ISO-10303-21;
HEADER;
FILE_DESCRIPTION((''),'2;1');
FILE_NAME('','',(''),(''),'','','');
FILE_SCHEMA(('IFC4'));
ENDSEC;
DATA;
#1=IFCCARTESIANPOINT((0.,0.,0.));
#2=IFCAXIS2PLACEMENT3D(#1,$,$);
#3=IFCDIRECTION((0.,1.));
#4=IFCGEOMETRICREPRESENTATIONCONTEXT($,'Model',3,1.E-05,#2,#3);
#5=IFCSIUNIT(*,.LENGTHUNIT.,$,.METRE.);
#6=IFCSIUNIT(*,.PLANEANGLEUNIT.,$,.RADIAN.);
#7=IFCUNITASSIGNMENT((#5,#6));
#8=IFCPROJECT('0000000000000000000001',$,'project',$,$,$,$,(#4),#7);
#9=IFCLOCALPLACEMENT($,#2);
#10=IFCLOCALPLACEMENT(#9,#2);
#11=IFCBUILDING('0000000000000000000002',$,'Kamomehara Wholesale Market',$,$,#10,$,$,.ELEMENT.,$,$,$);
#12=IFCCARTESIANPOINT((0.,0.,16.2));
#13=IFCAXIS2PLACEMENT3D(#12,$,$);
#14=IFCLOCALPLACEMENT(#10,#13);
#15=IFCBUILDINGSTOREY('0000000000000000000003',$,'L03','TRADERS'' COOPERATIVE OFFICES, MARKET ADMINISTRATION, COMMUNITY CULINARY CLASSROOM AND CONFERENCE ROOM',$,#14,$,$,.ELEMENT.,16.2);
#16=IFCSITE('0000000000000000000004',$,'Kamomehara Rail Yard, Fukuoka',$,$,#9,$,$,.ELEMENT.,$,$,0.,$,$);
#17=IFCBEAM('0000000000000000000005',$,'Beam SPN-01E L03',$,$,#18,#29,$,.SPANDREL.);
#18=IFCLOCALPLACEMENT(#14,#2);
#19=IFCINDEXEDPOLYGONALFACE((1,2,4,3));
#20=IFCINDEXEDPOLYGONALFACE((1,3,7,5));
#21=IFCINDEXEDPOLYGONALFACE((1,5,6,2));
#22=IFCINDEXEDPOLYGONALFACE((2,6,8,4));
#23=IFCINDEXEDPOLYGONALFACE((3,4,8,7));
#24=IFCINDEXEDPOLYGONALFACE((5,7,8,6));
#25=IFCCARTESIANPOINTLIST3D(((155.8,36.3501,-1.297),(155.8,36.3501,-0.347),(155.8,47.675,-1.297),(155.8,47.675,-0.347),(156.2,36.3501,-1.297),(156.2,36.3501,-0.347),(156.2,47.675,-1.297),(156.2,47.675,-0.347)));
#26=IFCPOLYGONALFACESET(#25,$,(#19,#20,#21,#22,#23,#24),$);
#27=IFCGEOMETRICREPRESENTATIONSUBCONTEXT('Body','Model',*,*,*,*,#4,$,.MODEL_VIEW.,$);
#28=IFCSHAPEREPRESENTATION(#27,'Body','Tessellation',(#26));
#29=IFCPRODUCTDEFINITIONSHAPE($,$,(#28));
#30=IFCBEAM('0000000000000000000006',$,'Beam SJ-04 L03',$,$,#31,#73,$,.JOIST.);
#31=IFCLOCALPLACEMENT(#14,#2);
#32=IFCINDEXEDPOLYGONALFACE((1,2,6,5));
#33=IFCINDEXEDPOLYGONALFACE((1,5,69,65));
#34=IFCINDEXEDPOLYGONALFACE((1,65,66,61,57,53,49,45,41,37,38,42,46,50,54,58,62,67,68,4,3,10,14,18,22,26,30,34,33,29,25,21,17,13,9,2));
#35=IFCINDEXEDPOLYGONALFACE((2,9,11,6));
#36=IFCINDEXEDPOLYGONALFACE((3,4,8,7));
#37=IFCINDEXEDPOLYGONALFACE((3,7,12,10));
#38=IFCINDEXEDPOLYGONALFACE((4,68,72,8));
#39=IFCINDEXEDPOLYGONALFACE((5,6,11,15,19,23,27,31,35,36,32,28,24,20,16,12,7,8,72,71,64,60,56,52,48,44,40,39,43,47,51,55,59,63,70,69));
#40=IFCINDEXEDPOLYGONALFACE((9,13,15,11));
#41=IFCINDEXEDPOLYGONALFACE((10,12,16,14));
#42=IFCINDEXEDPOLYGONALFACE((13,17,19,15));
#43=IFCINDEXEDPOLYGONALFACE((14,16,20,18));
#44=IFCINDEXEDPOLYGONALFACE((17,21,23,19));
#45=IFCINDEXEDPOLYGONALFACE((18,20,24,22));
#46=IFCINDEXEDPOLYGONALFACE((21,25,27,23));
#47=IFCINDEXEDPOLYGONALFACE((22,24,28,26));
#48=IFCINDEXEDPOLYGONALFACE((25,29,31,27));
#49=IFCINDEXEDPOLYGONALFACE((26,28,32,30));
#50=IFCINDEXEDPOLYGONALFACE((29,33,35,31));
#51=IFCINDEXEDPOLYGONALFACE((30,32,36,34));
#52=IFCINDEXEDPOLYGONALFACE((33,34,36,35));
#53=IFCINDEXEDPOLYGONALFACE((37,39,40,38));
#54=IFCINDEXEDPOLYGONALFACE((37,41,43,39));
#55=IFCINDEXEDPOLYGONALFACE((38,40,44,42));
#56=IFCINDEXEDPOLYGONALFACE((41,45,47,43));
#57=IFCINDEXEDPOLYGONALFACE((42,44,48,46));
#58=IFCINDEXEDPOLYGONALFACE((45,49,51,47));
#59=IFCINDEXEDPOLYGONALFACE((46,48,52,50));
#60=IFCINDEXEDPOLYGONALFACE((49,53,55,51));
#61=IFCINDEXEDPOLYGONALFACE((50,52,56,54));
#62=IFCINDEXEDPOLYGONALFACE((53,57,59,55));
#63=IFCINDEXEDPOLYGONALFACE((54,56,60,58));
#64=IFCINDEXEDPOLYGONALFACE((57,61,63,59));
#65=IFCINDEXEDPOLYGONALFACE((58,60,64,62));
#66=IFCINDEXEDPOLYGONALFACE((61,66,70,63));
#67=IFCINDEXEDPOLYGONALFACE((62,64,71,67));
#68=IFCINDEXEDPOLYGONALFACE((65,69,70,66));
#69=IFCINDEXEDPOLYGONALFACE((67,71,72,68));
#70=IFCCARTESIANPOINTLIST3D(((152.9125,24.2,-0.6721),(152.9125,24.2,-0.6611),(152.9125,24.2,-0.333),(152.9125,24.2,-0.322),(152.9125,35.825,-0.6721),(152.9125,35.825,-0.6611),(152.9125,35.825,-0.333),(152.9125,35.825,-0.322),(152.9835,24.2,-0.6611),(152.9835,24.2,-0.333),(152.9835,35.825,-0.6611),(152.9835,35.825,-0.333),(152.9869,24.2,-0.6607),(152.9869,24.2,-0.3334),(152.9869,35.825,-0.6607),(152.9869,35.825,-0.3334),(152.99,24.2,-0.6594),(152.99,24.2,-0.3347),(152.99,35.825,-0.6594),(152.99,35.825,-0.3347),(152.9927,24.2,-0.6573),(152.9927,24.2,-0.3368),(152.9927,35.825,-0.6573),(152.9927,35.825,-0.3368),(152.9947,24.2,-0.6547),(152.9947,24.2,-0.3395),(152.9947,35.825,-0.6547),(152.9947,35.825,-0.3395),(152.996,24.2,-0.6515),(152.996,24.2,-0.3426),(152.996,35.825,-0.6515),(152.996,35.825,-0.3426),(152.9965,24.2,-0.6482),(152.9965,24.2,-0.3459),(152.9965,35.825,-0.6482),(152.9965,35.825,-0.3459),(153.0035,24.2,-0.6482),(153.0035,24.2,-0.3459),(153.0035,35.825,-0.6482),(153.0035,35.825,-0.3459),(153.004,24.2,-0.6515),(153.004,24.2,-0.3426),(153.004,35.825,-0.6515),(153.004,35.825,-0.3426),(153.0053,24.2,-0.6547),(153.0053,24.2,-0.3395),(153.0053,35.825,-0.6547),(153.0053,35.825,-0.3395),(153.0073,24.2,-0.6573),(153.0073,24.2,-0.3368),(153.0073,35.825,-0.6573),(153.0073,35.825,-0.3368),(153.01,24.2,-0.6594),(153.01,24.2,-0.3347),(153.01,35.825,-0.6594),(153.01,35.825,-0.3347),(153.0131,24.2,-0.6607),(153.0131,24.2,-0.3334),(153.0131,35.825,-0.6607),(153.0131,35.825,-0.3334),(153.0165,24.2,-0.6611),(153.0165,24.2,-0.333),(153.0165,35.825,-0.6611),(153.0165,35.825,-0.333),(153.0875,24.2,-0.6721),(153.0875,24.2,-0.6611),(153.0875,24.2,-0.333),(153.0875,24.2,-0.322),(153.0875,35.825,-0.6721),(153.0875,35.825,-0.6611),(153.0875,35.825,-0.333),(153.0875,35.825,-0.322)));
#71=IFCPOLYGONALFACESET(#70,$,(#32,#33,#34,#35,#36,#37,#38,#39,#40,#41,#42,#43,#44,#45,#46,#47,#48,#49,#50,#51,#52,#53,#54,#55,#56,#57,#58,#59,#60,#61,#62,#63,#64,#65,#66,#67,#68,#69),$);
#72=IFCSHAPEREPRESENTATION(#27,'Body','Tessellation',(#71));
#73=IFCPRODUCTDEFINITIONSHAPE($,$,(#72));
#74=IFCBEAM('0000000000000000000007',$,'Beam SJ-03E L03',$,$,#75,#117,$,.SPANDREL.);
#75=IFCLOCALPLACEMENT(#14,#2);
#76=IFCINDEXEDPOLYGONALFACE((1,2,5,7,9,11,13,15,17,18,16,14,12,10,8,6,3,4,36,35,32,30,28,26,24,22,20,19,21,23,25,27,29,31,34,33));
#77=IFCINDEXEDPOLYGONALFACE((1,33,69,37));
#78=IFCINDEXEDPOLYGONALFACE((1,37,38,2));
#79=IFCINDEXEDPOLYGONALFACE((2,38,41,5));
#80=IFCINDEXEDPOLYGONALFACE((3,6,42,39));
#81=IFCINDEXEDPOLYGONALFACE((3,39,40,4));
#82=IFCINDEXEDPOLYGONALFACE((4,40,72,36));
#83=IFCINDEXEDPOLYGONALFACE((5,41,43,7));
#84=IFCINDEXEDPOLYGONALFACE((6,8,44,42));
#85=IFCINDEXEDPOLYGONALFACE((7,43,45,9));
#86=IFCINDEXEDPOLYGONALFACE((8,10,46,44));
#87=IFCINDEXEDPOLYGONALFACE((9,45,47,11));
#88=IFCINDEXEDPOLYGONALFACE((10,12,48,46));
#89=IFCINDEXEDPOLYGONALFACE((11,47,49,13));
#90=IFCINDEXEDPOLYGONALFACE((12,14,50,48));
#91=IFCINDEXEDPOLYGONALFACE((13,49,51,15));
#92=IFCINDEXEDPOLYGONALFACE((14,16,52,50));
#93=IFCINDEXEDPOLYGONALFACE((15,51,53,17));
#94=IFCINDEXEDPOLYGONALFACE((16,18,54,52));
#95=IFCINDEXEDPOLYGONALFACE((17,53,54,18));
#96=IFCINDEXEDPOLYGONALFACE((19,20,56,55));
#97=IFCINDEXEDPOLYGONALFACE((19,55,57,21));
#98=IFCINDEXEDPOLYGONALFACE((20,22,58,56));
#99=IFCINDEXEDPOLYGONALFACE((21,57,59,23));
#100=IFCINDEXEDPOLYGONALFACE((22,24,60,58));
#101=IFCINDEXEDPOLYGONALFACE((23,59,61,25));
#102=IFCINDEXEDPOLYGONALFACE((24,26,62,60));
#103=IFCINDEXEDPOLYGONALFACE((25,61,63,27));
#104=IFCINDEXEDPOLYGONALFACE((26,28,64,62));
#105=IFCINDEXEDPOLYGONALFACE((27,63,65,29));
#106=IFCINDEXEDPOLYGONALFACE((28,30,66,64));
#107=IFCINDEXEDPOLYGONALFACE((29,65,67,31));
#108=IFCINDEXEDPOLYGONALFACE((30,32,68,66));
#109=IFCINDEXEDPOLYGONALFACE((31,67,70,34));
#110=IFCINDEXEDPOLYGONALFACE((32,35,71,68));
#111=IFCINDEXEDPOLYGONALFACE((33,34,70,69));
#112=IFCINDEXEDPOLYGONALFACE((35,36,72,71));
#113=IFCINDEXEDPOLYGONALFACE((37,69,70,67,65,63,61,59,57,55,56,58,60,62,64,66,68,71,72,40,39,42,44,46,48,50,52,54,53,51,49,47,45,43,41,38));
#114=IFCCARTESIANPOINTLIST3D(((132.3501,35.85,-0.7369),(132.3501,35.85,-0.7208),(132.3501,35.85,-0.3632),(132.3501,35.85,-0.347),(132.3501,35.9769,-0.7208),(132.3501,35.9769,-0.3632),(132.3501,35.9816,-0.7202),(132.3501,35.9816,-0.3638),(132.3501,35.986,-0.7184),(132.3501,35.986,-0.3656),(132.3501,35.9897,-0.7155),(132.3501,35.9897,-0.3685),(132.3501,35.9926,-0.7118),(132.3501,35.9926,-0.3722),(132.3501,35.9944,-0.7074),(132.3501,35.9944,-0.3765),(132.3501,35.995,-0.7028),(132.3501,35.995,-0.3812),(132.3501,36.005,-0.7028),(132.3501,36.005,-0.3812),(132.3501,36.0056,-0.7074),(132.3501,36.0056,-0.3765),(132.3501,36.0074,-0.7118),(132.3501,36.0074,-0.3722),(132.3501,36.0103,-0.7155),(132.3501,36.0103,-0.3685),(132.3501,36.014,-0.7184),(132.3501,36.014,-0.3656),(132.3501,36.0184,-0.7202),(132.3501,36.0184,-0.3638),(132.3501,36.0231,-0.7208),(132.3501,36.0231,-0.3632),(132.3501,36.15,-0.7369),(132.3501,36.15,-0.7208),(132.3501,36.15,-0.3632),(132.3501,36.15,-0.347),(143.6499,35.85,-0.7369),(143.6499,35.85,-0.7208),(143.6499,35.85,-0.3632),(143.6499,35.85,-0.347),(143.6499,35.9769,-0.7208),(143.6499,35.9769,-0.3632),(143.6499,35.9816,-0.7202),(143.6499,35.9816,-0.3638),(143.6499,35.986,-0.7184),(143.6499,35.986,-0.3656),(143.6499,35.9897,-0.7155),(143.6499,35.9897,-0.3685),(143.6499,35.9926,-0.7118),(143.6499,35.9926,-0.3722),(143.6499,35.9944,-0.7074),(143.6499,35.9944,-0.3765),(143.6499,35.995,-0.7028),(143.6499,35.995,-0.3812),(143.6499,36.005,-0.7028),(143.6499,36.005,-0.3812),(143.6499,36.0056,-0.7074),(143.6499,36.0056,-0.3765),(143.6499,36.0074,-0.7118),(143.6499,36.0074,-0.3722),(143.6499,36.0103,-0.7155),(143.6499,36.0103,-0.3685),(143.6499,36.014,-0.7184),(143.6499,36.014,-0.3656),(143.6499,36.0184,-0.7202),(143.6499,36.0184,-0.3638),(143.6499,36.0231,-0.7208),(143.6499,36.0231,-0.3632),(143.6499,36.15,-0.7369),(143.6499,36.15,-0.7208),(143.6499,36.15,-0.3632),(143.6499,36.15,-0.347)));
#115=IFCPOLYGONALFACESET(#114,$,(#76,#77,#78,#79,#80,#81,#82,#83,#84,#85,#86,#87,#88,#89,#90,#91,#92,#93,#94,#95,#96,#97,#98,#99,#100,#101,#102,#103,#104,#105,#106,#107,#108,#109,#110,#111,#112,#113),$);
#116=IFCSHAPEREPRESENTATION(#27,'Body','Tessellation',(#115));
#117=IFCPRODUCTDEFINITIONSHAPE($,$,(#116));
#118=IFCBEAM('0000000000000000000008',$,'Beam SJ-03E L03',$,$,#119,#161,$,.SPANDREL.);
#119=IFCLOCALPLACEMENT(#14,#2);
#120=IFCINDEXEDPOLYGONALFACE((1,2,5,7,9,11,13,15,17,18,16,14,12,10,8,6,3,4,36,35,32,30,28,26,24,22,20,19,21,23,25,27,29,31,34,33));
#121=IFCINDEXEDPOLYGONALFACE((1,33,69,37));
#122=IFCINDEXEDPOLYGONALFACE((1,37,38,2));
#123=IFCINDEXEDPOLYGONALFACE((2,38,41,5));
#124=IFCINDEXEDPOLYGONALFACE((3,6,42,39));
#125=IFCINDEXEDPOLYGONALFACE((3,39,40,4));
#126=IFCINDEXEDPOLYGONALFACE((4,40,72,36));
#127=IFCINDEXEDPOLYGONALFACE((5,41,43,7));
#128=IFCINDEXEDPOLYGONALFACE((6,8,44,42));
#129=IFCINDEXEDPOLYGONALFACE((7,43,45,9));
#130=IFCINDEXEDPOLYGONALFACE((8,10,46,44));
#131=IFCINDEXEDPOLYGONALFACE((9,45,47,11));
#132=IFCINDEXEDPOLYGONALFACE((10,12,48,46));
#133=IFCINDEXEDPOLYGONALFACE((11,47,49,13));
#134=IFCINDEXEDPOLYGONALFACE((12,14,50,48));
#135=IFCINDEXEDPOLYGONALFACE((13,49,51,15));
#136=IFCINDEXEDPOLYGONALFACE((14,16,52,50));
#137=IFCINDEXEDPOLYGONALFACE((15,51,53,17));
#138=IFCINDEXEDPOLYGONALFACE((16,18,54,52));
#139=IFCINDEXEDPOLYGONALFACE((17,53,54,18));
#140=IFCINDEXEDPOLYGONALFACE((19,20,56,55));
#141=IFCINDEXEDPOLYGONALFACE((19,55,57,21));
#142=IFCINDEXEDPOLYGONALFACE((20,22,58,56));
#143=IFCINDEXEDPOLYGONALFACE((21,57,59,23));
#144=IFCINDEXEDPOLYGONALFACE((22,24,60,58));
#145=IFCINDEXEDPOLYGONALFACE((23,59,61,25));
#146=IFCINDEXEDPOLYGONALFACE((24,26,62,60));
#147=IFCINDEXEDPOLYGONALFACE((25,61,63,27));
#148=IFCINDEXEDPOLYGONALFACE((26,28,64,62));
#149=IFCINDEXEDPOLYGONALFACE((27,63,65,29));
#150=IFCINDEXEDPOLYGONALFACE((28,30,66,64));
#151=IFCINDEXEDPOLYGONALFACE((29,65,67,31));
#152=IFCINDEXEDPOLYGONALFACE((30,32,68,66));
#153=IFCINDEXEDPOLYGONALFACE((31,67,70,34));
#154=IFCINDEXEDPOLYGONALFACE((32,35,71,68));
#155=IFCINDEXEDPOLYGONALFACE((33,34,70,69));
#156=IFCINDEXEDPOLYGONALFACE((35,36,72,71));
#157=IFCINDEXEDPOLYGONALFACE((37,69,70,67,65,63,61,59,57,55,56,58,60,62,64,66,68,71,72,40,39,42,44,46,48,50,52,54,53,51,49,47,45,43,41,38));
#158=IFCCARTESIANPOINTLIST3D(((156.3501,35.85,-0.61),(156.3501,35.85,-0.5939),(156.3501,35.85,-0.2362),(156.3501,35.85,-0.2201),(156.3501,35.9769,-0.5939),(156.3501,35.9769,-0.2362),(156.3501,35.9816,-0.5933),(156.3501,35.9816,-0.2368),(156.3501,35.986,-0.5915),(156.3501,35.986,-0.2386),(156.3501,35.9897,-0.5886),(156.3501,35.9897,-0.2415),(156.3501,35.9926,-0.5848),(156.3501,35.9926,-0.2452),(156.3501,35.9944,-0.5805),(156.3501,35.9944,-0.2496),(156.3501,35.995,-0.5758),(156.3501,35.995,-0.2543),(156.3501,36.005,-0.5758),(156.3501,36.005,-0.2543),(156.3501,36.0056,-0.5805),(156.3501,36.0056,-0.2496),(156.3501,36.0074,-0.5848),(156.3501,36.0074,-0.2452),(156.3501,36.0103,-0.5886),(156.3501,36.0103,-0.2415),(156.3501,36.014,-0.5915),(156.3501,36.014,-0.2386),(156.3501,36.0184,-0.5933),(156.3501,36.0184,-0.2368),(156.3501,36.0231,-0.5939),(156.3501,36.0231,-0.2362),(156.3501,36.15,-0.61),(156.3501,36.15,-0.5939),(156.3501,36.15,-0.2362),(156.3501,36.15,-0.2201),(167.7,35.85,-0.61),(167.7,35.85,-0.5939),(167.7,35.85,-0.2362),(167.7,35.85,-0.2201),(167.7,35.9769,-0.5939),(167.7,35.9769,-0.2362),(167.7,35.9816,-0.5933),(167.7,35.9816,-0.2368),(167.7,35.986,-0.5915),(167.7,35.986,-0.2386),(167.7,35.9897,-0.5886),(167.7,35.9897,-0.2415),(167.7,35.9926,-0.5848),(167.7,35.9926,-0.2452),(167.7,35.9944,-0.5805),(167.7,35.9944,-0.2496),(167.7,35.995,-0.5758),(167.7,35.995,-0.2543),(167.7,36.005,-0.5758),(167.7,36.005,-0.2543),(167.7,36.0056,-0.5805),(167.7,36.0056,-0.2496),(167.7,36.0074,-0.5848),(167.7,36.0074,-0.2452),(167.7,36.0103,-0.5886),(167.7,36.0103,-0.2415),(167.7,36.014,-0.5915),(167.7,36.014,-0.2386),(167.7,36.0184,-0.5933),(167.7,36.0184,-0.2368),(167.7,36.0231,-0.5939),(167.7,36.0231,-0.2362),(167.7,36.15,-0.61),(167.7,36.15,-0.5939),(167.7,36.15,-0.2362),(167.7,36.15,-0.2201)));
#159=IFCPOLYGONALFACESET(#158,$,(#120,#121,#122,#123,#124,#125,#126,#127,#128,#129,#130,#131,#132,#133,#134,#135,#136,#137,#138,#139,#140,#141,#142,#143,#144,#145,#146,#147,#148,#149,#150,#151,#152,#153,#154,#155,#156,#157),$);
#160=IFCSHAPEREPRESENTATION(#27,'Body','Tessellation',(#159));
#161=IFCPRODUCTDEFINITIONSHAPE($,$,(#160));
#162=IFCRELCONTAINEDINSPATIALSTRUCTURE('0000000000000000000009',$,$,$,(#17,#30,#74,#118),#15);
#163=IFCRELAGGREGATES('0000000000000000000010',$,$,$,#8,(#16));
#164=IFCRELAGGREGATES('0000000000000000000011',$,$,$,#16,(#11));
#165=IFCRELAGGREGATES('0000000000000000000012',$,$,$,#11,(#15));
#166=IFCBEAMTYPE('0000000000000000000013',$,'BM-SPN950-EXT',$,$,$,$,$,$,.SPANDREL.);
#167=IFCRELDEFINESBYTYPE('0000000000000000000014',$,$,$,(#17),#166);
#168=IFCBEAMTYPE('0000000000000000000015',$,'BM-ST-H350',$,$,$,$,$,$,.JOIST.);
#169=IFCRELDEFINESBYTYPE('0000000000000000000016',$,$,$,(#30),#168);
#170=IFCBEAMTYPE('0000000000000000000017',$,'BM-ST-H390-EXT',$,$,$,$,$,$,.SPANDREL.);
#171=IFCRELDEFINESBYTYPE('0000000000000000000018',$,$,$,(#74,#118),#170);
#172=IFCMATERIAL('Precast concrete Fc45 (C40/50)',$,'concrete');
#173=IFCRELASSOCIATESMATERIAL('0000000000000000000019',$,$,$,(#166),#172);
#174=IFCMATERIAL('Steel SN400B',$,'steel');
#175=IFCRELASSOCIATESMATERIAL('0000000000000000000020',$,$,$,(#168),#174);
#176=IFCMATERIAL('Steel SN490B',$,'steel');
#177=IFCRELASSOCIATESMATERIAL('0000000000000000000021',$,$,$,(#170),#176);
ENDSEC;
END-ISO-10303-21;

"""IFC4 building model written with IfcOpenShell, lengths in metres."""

from ifc_helpers import new_model, si_unit, direction, frame, origin, origin_2d, place, context, subcontext, project, spatial, rectangle, i_section, extrude, material, material_profile, profile_set, type_object, element, save


model = new_model("IFC4")

# Units and contexts
model_context = context("Model", 3, precision=1e-05, world=origin(), true_north=direction((0.0, 1.0)))
body_context = subcontext(model_context, "Body", "Model", "MODEL_VIEW")
ifc_project = project(units=[si_unit("LENGTHUNIT", "METRE"), si_unit("PLANEANGLEUNIT", "RADIAN")], contexts=[model_context])

# Site, building, storey
site_placement = place(None, origin())
site = spatial("IfcSite", under=ifc_project, at=site_placement, Name="Kamomehara Rail Yard, Fukuoka", CompositionType="ELEMENT", RefElevation=0.0)
building_placement = place(site_placement, origin())
building = spatial("IfcBuilding", under=site, at=building_placement, Name="Kamomehara Wholesale Market", CompositionType="ELEMENT")
storey_placement = place(building_placement, frame((0.0, 0.0, 16.2)))
storey = spatial("IfcBuildingStorey", under=building, at=storey_placement, Name="L03", Description="TRADERS' COOPERATIVE OFFICES, MARKET ADMINISTRATION, COMMUNITY CULINARY CLASSROOM AND CONFERENCE ROOM", CompositionType="ELEMENT", Elevation=16.2)

# Beams
ifc_material_1 = material(Name="Precast concrete Fc45 (C40/50)", Category="concrete")
ifc_material_profile_1 = material_profile(ifc_material_1, rectangle(XDim=0.3999, YDim=0.95, at=origin_2d()), Name="PC-SPN-400x950")
ifc_profile_set_1 = profile_set([ifc_material_profile_1], Name="Precast concrete Fc45 (C40/50)")
beam_type_1 = type_object("IfcBeamType", Name="BM-SPN950-EXT", PredefinedType="SPANDREL", material=ifc_profile_set_1)
beam_1_placement = place(storey_placement, frame((156.0, 36.3501, -0.822), z_axis=(0.0, 1.0, 0.0), x_axis=(-1.0, 0.0, 0.0)))
element("IfcBeam", 1, at=beam_1_placement, inside=storey, type_object=beam_type_1, Name="Beam SPN-01E L03", PredefinedType="SPANDREL", context=body_context, shape_type="SweptSolid", body=[
    extrude(rectangle(XDim=0.3999, YDim=0.95, at=origin_2d()), origin(), (0.0, 0.0, 1.0), 11.325),
])
ifc_material_2 = material(Name="Steel SN400B", Category="steel")
ifc_material_profile_2 = material_profile(ifc_material_2, i_section(OverallWidth=0.175, OverallDepth=0.3501, WebThickness=0.0071, FlangeThickness=0.011, FilletRadius=0.0129, at=origin_2d()), Name="H-350x175x7x11")
ifc_profile_set_2 = profile_set([ifc_material_profile_2], Name="Steel SN400B")
beam_type_2 = type_object("IfcBeamType", Name="BM-ST-H350", PredefinedType="JOIST", material=ifc_profile_set_2)
beam_2_placement = place(storey_placement, frame((153.0, 24.2, -0.4971), z_axis=(0.0, 1.0, 0.0), x_axis=(-1.0, 0.0, 0.0)))
element("IfcBeam", 2, at=beam_2_placement, inside=storey, type_object=beam_type_2, Name="Beam SJ-04 L03", PredefinedType="JOIST", context=body_context, shape_type="SweptSolid", body=[
    extrude(i_section(OverallWidth=0.175, OverallDepth=0.3501, WebThickness=0.0071, FlangeThickness=0.011, FilletRadius=0.0129, at=origin_2d()), origin(), (0.0, 0.0, 1.0), 11.625),
])
ifc_material_3 = material(Name="Steel SN490B", Category="steel")
ifc_material_profile_3 = material_profile(ifc_material_3, i_section(OverallWidth=0.3, OverallDepth=0.3899, WebThickness=0.01, FlangeThickness=0.0161, FilletRadius=0.0181, at=origin_2d()), Name="H-390x300x10x16")
ifc_profile_set_3 = profile_set([ifc_material_profile_3], Name="Steel SN490B")
beam_type_3 = type_object("IfcBeamType", Name="BM-ST-H390-EXT", PredefinedType="SPANDREL", material=ifc_profile_set_3)
beam_3_placement = place(storey_placement, frame((132.3501, 36.0, -0.542), z_axis=(1.0, 0.0, 0.0), x_axis=(0.0, 1.0, 0.0)))
element("IfcBeam", 3, at=beam_3_placement, inside=storey, type_object=beam_type_3, Name="Beam SJ-03E L03", PredefinedType="SPANDREL", context=body_context, shape_type="SweptSolid", body=[
    extrude(i_section(OverallWidth=0.3, OverallDepth=0.3899, WebThickness=0.01, FlangeThickness=0.0161, FilletRadius=0.0181, at=origin_2d()), origin(), (0.0, 0.0, 1.0), 11.2998),
])
beam_4_placement = place(storey_placement, frame((156.3501, 36.0, -0.415), z_axis=(1.0, 0.0, 0.0), x_axis=(0.0, 1.0, 0.0)))
element("IfcBeam", 4, at=beam_4_placement, inside=storey, type_object=beam_type_3, Name="Beam SJ-03E L03", PredefinedType="SPANDREL", context=body_context, shape_type="SweptSolid", body=[
    extrude(i_section(OverallWidth=0.3, OverallDepth=0.3899, WebThickness=0.01, FlangeThickness=0.0161, FilletRadius=0.0181, at=origin_2d()), origin(), (0.0, 0.0, 1.0), 11.3499),
])

save(model, "model.ifc")
